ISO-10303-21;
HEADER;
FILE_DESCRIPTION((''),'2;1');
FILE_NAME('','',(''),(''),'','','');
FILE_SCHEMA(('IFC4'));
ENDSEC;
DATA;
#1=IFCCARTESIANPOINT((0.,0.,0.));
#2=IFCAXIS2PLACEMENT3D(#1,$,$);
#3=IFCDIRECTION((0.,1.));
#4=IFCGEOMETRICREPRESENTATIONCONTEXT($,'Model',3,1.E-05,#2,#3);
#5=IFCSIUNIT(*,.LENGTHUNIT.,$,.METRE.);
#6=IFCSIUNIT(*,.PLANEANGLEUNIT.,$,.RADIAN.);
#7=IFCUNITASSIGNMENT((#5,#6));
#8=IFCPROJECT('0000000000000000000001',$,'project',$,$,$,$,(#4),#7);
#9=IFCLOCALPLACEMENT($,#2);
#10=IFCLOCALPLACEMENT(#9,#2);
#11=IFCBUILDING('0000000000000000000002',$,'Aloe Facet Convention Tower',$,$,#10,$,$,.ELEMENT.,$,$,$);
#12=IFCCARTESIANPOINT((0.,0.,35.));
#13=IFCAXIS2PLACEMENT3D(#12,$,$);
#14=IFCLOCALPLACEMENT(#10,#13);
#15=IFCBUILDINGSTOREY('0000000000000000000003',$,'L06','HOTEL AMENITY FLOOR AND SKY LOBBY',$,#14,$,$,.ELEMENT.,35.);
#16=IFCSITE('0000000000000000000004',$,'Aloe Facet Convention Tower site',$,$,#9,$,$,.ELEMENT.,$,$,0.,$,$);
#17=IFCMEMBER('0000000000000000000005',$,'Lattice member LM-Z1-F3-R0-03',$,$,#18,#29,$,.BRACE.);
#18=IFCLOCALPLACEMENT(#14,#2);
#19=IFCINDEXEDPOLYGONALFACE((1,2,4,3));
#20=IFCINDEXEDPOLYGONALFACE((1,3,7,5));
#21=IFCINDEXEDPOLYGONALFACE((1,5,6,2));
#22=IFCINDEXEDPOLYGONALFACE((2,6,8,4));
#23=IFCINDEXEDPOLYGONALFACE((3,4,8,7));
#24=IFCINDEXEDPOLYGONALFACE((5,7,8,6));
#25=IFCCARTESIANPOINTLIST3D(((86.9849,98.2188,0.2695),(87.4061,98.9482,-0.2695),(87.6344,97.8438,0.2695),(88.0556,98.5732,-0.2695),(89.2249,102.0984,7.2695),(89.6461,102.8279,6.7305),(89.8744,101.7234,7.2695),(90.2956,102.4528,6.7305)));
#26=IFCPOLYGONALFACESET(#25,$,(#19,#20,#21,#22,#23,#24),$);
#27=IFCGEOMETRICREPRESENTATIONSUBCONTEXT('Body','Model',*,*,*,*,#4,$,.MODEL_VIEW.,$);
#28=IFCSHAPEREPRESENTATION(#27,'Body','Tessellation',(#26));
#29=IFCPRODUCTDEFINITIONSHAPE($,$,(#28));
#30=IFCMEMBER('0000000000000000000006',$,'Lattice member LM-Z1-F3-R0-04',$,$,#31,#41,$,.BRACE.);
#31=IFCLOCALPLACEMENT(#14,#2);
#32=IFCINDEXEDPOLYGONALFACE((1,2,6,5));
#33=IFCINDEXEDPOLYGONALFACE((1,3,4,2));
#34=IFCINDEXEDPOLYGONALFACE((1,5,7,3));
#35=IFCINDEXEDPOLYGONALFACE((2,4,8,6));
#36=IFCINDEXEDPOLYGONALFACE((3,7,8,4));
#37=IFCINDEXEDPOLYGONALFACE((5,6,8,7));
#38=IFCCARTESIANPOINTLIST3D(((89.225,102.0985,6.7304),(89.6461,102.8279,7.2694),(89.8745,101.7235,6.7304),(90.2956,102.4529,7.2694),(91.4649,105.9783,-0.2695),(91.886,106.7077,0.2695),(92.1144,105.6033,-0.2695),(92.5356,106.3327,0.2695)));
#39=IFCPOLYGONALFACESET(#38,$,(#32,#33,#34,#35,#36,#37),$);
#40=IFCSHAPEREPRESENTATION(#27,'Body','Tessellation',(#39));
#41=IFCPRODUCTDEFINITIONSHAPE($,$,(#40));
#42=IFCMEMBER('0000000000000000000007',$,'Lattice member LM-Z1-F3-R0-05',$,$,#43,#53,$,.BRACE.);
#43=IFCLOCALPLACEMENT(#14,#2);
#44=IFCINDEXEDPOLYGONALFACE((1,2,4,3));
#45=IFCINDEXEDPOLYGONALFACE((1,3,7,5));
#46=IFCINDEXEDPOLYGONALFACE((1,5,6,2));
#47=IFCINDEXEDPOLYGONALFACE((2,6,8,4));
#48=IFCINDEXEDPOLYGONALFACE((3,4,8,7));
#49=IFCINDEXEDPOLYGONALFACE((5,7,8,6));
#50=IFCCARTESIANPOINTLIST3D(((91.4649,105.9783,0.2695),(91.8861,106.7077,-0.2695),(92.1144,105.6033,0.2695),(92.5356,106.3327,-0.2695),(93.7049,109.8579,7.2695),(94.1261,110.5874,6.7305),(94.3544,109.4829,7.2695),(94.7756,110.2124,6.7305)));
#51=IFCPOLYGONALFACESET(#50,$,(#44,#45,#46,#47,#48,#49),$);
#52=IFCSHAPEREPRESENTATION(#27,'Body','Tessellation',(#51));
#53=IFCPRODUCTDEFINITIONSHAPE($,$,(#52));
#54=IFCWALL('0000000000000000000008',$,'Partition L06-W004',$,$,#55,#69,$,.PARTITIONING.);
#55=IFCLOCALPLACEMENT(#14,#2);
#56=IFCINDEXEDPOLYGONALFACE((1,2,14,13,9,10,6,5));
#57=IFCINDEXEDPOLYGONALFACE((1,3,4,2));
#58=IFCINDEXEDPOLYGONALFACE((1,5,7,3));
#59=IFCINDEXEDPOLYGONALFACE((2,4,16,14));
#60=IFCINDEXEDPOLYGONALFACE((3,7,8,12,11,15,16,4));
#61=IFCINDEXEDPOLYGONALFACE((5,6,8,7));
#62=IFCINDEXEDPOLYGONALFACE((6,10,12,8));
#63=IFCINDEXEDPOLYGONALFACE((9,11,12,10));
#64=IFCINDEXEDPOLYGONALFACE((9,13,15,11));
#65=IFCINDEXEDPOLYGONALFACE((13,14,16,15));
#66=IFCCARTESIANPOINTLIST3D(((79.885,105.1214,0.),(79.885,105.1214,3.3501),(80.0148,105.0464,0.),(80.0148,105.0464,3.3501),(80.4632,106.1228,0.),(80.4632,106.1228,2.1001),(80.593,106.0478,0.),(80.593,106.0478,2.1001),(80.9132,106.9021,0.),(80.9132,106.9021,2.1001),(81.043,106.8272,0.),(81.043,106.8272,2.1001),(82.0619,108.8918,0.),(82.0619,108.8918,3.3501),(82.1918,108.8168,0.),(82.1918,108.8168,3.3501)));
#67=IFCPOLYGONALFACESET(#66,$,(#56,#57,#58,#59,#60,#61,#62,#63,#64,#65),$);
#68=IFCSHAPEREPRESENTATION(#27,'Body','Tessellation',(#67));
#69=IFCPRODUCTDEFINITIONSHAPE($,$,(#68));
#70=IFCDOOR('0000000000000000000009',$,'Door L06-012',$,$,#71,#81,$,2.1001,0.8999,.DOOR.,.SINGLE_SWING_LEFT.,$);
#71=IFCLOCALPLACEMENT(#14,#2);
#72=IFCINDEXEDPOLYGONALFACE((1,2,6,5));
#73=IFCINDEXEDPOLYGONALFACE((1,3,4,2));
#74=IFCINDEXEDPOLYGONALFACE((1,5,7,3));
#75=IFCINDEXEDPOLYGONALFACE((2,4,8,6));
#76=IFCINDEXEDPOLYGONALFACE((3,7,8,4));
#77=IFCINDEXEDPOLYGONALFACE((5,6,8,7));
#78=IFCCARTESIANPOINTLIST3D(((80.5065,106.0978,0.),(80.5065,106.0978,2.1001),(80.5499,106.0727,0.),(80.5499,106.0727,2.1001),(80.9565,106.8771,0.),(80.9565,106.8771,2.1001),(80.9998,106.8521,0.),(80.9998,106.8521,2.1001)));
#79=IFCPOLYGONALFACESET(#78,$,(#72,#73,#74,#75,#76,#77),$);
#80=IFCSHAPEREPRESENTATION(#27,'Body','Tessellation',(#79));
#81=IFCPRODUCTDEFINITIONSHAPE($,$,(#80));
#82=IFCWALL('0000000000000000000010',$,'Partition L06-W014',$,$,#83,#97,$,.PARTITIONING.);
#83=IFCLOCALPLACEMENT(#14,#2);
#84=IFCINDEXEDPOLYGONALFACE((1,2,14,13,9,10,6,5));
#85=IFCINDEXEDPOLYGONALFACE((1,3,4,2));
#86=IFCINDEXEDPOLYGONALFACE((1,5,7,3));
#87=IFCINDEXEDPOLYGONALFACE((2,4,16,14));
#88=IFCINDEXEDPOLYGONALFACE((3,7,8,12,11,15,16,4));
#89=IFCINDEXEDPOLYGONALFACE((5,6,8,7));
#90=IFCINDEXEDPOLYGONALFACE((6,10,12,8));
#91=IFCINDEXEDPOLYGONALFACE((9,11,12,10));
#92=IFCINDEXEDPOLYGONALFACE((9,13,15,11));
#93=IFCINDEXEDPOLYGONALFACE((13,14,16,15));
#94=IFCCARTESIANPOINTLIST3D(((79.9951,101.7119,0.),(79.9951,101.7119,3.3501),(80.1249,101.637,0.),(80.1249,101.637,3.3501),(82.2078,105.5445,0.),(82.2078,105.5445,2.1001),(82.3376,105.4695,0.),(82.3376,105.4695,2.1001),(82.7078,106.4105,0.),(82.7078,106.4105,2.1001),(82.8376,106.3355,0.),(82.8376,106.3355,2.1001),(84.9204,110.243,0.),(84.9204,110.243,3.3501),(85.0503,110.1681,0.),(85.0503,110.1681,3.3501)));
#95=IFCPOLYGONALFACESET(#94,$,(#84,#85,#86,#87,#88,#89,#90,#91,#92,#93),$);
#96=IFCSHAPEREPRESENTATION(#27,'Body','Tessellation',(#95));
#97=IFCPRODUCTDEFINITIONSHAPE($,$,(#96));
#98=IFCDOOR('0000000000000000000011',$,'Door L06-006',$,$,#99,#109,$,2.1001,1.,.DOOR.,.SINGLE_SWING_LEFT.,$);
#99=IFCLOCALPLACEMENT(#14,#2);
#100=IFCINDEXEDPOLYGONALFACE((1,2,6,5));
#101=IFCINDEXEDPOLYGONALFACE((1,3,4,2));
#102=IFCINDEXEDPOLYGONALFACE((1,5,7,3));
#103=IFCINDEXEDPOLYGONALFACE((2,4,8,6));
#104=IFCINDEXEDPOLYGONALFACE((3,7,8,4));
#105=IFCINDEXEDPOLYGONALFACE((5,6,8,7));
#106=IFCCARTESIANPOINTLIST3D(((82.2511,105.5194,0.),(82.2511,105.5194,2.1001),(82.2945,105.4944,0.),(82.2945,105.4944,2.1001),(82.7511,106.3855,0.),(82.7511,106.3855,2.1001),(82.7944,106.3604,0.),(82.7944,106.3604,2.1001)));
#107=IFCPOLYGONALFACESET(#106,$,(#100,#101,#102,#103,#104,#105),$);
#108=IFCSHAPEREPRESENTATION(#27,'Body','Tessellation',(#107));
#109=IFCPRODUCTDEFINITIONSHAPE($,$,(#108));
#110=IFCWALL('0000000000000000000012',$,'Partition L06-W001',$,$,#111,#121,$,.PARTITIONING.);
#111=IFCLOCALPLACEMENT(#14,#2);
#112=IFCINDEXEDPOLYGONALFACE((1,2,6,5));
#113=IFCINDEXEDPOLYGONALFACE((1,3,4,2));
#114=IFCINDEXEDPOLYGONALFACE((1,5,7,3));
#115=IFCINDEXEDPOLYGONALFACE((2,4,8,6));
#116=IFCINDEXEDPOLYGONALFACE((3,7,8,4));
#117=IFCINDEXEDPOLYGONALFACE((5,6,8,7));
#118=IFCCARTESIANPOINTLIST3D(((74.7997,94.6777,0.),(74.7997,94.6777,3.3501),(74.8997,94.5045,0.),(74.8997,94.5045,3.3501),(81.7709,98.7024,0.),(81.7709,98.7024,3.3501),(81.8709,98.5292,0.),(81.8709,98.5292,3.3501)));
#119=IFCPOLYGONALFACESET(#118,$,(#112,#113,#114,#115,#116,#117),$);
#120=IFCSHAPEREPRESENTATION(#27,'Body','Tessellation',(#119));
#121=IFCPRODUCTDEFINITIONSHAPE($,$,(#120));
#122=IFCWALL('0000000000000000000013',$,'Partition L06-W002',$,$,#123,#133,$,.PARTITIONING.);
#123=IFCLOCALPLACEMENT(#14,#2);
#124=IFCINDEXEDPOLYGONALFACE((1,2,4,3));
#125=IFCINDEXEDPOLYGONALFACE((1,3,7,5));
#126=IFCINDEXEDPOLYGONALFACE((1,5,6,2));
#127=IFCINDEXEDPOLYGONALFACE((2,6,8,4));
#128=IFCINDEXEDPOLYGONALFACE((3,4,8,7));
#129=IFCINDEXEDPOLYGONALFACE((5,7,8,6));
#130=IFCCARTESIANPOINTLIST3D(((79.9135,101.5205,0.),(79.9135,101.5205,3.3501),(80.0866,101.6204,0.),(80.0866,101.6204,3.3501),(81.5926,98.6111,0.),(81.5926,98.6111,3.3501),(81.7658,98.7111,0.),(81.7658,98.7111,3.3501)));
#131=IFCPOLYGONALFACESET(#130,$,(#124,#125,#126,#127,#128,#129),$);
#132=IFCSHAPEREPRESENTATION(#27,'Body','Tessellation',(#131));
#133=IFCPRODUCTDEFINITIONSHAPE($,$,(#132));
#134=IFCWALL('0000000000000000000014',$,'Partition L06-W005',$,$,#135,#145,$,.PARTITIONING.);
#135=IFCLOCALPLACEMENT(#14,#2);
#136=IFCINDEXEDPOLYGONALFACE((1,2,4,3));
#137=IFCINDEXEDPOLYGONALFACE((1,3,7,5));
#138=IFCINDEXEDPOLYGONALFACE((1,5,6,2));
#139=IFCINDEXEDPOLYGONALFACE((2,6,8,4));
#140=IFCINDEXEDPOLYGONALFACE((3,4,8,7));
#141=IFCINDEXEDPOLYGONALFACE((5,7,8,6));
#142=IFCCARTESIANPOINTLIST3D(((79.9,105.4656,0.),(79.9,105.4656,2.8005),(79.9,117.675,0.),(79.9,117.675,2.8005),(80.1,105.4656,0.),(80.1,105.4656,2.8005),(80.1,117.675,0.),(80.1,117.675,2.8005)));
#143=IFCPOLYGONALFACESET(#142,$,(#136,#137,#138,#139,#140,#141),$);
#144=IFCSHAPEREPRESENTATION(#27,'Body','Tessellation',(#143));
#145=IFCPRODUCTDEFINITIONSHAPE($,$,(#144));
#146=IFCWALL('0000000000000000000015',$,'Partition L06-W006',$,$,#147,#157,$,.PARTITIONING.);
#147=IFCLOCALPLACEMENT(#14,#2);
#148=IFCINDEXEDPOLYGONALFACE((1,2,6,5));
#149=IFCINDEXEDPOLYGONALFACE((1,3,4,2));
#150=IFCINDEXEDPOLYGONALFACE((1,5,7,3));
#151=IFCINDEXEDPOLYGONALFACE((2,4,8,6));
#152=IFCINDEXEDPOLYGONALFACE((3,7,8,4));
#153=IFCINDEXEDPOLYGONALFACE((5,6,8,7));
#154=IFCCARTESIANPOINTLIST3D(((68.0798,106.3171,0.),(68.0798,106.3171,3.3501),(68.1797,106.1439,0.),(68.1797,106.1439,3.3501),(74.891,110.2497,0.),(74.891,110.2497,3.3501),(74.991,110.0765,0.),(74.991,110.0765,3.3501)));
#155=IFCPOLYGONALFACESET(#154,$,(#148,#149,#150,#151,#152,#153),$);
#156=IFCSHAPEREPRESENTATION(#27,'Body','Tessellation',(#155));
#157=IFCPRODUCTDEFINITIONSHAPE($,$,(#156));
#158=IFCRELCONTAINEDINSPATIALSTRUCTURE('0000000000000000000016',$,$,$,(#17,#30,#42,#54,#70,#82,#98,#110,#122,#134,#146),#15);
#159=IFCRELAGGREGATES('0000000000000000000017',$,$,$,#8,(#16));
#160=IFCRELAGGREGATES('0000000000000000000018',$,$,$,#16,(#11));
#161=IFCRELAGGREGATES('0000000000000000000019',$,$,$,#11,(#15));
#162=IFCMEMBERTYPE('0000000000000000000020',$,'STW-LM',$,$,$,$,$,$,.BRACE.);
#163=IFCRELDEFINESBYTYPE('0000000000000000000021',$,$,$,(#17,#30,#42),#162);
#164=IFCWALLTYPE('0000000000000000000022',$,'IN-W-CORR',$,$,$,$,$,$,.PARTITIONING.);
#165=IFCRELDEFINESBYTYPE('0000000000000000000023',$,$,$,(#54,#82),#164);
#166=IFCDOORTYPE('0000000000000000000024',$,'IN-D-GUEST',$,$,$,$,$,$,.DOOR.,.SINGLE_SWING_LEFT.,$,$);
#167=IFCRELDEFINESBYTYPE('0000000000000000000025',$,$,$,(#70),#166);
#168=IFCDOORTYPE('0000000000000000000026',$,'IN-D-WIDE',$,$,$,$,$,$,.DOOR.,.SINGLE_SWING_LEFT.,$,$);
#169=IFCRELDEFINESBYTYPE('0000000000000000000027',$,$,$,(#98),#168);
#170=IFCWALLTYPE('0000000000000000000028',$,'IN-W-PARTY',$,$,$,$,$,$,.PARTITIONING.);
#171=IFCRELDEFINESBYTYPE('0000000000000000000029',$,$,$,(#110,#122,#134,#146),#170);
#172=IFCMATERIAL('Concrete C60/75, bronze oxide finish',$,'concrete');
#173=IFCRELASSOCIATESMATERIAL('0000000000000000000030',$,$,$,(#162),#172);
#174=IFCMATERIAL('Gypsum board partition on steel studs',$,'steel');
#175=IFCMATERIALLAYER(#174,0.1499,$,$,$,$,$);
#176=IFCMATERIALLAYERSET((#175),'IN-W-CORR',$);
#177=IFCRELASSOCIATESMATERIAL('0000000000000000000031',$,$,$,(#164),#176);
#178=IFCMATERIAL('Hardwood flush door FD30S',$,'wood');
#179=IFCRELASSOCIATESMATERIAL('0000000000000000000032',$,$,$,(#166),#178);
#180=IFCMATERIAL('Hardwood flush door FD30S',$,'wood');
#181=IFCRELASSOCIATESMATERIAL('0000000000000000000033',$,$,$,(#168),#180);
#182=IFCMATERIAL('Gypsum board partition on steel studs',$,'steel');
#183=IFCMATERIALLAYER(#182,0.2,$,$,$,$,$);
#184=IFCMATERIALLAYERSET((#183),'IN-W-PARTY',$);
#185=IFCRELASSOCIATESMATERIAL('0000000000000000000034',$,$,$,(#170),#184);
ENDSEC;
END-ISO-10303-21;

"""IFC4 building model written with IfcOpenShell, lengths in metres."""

from ifc_helpers import new_model, si_unit, direction, frame, frame_2d, origin, origin_2d, place, context, subcontext, project, spatial, rectangle, extrude, material, layer, layer_set, material_profile, profile_set, type_object, element, fill, save


model = new_model("IFC4")

# Units and contexts
model_context = context("Model", 3, precision=1e-05, world=origin(), true_north=direction((0.0, 1.0)))
body_context = subcontext(model_context, "Body", "Model", "MODEL_VIEW")
ifc_project = project(units=[si_unit("LENGTHUNIT", "METRE"), si_unit("PLANEANGLEUNIT", "RADIAN")], contexts=[model_context])

# Site, building, storey
site_placement = place(None, origin())
site = spatial("IfcSite", under=ifc_project, at=site_placement, Name="Aloe Facet Convention Tower site", CompositionType="ELEMENT", RefElevation=0.0)
building_placement = place(site_placement, origin())
building = spatial("IfcBuilding", under=site, at=building_placement, Name="Aloe Facet Convention Tower", CompositionType="ELEMENT")
storey_placement = place(building_placement, frame((0.0, 0.0, 35.0)))
storey = spatial("IfcBuildingStorey", under=building, at=storey_placement, Name="L06", Description="HOTEL AMENITY FLOOR AND SKY LOBBY", CompositionType="ELEMENT", Elevation=35.0)

# Members
ifc_material_1 = material(Name="Concrete C60/75, bronze oxide finish", Category="concrete")
ifc_material_profile_1 = material_profile(ifc_material_1, rectangle(XDim=0.75, YDim=1.0, at=origin_2d()), Name="STW-LM")
ifc_profile_set_1 = profile_set([ifc_material_profile_1], Name="Concrete C60/75, bronze oxide finish")
member_type = type_object("IfcMemberType", Name="STW-LM", PredefinedType="BRACE", material=ifc_profile_set_1)
for number, where, z_axis, x_axis, name in (
    (1, (87.5203, 98.396, 0.0), (0.269528, 0.46682, 0.842279), (-0.866018, 0.500013, 0.0), "Lattice member LM-Z1-F3-R0-03"),
    (2, (92.0002, 106.1555, 0.0), (-0.269524, -0.466843, 0.842267), (0.866031, -0.49999, 0.0), "Lattice member LM-Z1-F3-R0-04"),
    (3, (92.0002, 106.1555, 0.0), (0.269528, 0.46682, 0.842279), (-0.866018, 0.500013, 0.0), "Lattice member LM-Z1-F3-R0-05"),
):
    element("IfcMember", number, at=place(storey_placement, frame(where, z_axis=z_axis, x_axis=x_axis)), inside=storey, type_object=member_type, Name=name, PredefinedType="BRACE", context=body_context, shape_type="SweptSolid", body=[
        extrude(rectangle(XDim=0.75, YDim=1.0, at=origin_2d()), origin(), (0.0, 0.0, 1.0), 8.3108),
    ])

# Walls, openings, doors
ifc_material_2 = material(Name="Gypsum board partition on steel studs", Category="steel")
ifc_layer_1 = layer(ifc_material_2, 0.1499)
ifc_layer_set_1 = layer_set([ifc_layer_1], Name="IN-W-CORR")
wall_type_1 = type_object("IfcWallType", Name="IN-W-CORR", PredefinedType="PARTITIONING", material=ifc_layer_set_1)
wall_1_placement = place(storey_placement, frame((79.95, 105.084, 0.0), z_axis=(0.0, 0.0, 1.0), x_axis=(0.500017, 0.866016, 0.0)))
wall_1 = element("IfcWall", 4, at=wall_1_placement, inside=storey, type_object=wall_type_1, Name="Partition L06-W004", PredefinedType="PARTITIONING", context=body_context, shape_type="SweptSolid", body=[
    extrude(rectangle(XDim=4.3538, YDim=0.1499, at=frame_2d((2.1768, 0.0))), origin(), (0.0, 0.0, 1.0), 3.3501),
])
opening_1_placement = place(wall_1_placement, frame((1.1562, 0.0, 0.0)))
opening_1 = element("IfcOpeningElement", 5, at=opening_1_placement, cuts=wall_1, PredefinedType="OPENING", context=body_context, shape_type="SweptSolid", body=[
    extrude(rectangle(XDim=0.8999, YDim=2.1001, at=frame_2d((0.45, 1.05))), frame((0.0, 0.085, 0.0), z_axis=(0.0, -1.0, 0.0), x_axis=(1.0, 0.0, 0.0)), (0.0, 0.0, 1.0), 0.1699),
])
ifc_material_3 = material(Name="Hardwood flush door FD30S", Category="wood")
door_type_1 = type_object("IfcDoorType", Name="IN-D-GUEST", OperationType="SINGLE_SWING_LEFT", PredefinedType="DOOR", material=ifc_material_3)
door_1_placement = place(opening_1_placement, origin())
door_1 = element("IfcDoor", 6, at=door_1_placement, inside=storey, type_object=door_type_1, Name="Door L06-012", OperationType="SINGLE_SWING_LEFT", OverallHeight=2.1001, OverallWidth=0.8999, PredefinedType="DOOR", context=body_context, shape_type="SweptSolid", body=[
    extrude(rectangle(XDim=0.8999, YDim=2.1001, at=frame_2d((0.45, 1.05))), frame((0.0, 0.0249, 0.0), z_axis=(0.0, -1.0, 0.0), x_axis=(1.0, 0.0, 0.0)), (0.0, 0.0, 1.0), 0.05),
])
fill(opening_1, door_1)
wall_2_placement = place(storey_placement, frame((80.0601, 101.6746, 0.0), z_axis=(0.0, 0.0, 1.0), x_axis=(0.499993, 0.866029, 0.0)))
wall_2 = element("IfcWall", 7, at=wall_2_placement, inside=storey, type_object=wall_type_1, Name="Partition L06-W014", PredefinedType="PARTITIONING", context=body_context, shape_type="SweptSolid", body=[
    extrude(rectangle(XDim=9.8508, YDim=0.1499, at=frame_2d((4.9253, 0.0))), origin(), (0.0, 0.0, 1.0), 3.3501),
])
opening_2_placement = place(wall_2_placement, frame((4.4253, 0.0, 0.0)))
opening_2 = element("IfcOpeningElement", 8, at=opening_2_placement, cuts=wall_2, PredefinedType="OPENING", context=body_context, shape_type="SweptSolid", body=[
    extrude(rectangle(XDim=1.0, YDim=2.1001, at=frame_2d((0.5, 1.05))), frame((0.0, 0.085, 0.0), z_axis=(0.0, -1.0, 0.0), x_axis=(1.0, 0.0, 0.0)), (0.0, 0.0, 1.0), 0.1699),
])
ifc_material_4 = material(Name="Hardwood flush door FD30S", Category="wood")
door_type_2 = type_object("IfcDoorType", Name="IN-D-WIDE", OperationType="SINGLE_SWING_LEFT", PredefinedType="DOOR", material=ifc_material_4)
door_2_placement = place(opening_2_placement, origin())
door_2 = element("IfcDoor", 9, at=door_2_placement, inside=storey, type_object=door_type_2, Name="Door L06-006", OperationType="SINGLE_SWING_LEFT", OverallHeight=2.1001, OverallWidth=1.0, PredefinedType="DOOR", context=body_context, shape_type="SweptSolid", body=[
    extrude(rectangle(XDim=1.0, YDim=2.1001, at=frame_2d((0.5, 1.05))), frame((0.0, 0.0249, 0.0), z_axis=(0.0, -1.0, 0.0), x_axis=(1.0, 0.0, 0.0)), (0.0, 0.0, 1.0), 0.05),
])
fill(opening_2, door_2)

# Walls
ifc_material_5 = material(Name="Gypsum board partition on steel studs", Category="steel")
ifc_layer_2 = layer(ifc_material_5, 0.2)
ifc_layer_set_2 = layer_set([ifc_layer_2], Name="IN-W-PARTY")
wall_type_2 = type_object("IfcWallType", Name="IN-W-PARTY", PredefinedType="PARTITIONING", material=ifc_layer_set_2)
wall_3_placement = place(storey_placement, frame((74.8496, 94.5911, 0.0), z_axis=(0.0, 0.0, 1.0), x_axis=(0.866034, 0.499985, 0.0)))
element("IfcWall", 10, at=wall_3_placement, inside=storey, type_object=wall_type_2, Name="Partition L06-W001", PredefinedType="PARTITIONING", context=body_context, shape_type="SweptSolid", body=[
    extrude(rectangle(XDim=8.0496, YDim=0.2, at=frame_2d((4.0249, 0.0))), origin(), (0.0, 0.0, 1.0), 3.3501),
])
wall_4_placement = place(storey_placement, frame((80.0, 101.5706, 0.0), z_axis=(0.0, 0.0, 1.0), x_axis=(0.499876, -0.866097, 0.0)))
element("IfcWall", 11, at=wall_4_placement, inside=storey, type_object=wall_type_2, Name="Partition L06-W002", PredefinedType="PARTITIONING", context=body_context, shape_type="SweptSolid", body=[
    extrude(rectangle(XDim=3.3591, YDim=0.2, at=frame_2d((1.6797, 0.0))), origin(), (0.0, 0.0, 1.0), 3.3501),
])
wall_5_placement = place(storey_placement, frame((80.0, 105.4656, 0.0), z_axis=(0.0, 0.0, 1.0), x_axis=(0.0, 1.0, 0.0)))
element("IfcWall", 12, at=wall_5_placement, inside=storey, type_object=wall_type_2, Name="Partition L06-W005", PredefinedType="PARTITIONING", context=body_context, shape_type="SweptSolid", body=[
    extrude(rectangle(XDim=12.2095, YDim=0.2, at=frame_2d((6.1047, 0.0))), origin(), (0.0, 0.0, 1.0), 2.8005),
])
wall_6_placement = place(storey_placement, frame((68.1296, 106.2305, 0.0), z_axis=(0.0, 0.0, 1.0), x_axis=(0.866019, 0.500012, 0.0)))
element("IfcWall", 13, at=wall_6_placement, inside=storey, type_object=wall_type_2, Name="Partition L06-W006", PredefinedType="PARTITIONING", context=body_context, shape_type="SweptSolid", body=[
    extrude(rectangle(XDim=7.865, YDim=0.2, at=frame_2d((3.9326, 0.0))), origin(), (0.0, 0.0, 1.0), 3.3501),
])

save(model, "model.ifc")
